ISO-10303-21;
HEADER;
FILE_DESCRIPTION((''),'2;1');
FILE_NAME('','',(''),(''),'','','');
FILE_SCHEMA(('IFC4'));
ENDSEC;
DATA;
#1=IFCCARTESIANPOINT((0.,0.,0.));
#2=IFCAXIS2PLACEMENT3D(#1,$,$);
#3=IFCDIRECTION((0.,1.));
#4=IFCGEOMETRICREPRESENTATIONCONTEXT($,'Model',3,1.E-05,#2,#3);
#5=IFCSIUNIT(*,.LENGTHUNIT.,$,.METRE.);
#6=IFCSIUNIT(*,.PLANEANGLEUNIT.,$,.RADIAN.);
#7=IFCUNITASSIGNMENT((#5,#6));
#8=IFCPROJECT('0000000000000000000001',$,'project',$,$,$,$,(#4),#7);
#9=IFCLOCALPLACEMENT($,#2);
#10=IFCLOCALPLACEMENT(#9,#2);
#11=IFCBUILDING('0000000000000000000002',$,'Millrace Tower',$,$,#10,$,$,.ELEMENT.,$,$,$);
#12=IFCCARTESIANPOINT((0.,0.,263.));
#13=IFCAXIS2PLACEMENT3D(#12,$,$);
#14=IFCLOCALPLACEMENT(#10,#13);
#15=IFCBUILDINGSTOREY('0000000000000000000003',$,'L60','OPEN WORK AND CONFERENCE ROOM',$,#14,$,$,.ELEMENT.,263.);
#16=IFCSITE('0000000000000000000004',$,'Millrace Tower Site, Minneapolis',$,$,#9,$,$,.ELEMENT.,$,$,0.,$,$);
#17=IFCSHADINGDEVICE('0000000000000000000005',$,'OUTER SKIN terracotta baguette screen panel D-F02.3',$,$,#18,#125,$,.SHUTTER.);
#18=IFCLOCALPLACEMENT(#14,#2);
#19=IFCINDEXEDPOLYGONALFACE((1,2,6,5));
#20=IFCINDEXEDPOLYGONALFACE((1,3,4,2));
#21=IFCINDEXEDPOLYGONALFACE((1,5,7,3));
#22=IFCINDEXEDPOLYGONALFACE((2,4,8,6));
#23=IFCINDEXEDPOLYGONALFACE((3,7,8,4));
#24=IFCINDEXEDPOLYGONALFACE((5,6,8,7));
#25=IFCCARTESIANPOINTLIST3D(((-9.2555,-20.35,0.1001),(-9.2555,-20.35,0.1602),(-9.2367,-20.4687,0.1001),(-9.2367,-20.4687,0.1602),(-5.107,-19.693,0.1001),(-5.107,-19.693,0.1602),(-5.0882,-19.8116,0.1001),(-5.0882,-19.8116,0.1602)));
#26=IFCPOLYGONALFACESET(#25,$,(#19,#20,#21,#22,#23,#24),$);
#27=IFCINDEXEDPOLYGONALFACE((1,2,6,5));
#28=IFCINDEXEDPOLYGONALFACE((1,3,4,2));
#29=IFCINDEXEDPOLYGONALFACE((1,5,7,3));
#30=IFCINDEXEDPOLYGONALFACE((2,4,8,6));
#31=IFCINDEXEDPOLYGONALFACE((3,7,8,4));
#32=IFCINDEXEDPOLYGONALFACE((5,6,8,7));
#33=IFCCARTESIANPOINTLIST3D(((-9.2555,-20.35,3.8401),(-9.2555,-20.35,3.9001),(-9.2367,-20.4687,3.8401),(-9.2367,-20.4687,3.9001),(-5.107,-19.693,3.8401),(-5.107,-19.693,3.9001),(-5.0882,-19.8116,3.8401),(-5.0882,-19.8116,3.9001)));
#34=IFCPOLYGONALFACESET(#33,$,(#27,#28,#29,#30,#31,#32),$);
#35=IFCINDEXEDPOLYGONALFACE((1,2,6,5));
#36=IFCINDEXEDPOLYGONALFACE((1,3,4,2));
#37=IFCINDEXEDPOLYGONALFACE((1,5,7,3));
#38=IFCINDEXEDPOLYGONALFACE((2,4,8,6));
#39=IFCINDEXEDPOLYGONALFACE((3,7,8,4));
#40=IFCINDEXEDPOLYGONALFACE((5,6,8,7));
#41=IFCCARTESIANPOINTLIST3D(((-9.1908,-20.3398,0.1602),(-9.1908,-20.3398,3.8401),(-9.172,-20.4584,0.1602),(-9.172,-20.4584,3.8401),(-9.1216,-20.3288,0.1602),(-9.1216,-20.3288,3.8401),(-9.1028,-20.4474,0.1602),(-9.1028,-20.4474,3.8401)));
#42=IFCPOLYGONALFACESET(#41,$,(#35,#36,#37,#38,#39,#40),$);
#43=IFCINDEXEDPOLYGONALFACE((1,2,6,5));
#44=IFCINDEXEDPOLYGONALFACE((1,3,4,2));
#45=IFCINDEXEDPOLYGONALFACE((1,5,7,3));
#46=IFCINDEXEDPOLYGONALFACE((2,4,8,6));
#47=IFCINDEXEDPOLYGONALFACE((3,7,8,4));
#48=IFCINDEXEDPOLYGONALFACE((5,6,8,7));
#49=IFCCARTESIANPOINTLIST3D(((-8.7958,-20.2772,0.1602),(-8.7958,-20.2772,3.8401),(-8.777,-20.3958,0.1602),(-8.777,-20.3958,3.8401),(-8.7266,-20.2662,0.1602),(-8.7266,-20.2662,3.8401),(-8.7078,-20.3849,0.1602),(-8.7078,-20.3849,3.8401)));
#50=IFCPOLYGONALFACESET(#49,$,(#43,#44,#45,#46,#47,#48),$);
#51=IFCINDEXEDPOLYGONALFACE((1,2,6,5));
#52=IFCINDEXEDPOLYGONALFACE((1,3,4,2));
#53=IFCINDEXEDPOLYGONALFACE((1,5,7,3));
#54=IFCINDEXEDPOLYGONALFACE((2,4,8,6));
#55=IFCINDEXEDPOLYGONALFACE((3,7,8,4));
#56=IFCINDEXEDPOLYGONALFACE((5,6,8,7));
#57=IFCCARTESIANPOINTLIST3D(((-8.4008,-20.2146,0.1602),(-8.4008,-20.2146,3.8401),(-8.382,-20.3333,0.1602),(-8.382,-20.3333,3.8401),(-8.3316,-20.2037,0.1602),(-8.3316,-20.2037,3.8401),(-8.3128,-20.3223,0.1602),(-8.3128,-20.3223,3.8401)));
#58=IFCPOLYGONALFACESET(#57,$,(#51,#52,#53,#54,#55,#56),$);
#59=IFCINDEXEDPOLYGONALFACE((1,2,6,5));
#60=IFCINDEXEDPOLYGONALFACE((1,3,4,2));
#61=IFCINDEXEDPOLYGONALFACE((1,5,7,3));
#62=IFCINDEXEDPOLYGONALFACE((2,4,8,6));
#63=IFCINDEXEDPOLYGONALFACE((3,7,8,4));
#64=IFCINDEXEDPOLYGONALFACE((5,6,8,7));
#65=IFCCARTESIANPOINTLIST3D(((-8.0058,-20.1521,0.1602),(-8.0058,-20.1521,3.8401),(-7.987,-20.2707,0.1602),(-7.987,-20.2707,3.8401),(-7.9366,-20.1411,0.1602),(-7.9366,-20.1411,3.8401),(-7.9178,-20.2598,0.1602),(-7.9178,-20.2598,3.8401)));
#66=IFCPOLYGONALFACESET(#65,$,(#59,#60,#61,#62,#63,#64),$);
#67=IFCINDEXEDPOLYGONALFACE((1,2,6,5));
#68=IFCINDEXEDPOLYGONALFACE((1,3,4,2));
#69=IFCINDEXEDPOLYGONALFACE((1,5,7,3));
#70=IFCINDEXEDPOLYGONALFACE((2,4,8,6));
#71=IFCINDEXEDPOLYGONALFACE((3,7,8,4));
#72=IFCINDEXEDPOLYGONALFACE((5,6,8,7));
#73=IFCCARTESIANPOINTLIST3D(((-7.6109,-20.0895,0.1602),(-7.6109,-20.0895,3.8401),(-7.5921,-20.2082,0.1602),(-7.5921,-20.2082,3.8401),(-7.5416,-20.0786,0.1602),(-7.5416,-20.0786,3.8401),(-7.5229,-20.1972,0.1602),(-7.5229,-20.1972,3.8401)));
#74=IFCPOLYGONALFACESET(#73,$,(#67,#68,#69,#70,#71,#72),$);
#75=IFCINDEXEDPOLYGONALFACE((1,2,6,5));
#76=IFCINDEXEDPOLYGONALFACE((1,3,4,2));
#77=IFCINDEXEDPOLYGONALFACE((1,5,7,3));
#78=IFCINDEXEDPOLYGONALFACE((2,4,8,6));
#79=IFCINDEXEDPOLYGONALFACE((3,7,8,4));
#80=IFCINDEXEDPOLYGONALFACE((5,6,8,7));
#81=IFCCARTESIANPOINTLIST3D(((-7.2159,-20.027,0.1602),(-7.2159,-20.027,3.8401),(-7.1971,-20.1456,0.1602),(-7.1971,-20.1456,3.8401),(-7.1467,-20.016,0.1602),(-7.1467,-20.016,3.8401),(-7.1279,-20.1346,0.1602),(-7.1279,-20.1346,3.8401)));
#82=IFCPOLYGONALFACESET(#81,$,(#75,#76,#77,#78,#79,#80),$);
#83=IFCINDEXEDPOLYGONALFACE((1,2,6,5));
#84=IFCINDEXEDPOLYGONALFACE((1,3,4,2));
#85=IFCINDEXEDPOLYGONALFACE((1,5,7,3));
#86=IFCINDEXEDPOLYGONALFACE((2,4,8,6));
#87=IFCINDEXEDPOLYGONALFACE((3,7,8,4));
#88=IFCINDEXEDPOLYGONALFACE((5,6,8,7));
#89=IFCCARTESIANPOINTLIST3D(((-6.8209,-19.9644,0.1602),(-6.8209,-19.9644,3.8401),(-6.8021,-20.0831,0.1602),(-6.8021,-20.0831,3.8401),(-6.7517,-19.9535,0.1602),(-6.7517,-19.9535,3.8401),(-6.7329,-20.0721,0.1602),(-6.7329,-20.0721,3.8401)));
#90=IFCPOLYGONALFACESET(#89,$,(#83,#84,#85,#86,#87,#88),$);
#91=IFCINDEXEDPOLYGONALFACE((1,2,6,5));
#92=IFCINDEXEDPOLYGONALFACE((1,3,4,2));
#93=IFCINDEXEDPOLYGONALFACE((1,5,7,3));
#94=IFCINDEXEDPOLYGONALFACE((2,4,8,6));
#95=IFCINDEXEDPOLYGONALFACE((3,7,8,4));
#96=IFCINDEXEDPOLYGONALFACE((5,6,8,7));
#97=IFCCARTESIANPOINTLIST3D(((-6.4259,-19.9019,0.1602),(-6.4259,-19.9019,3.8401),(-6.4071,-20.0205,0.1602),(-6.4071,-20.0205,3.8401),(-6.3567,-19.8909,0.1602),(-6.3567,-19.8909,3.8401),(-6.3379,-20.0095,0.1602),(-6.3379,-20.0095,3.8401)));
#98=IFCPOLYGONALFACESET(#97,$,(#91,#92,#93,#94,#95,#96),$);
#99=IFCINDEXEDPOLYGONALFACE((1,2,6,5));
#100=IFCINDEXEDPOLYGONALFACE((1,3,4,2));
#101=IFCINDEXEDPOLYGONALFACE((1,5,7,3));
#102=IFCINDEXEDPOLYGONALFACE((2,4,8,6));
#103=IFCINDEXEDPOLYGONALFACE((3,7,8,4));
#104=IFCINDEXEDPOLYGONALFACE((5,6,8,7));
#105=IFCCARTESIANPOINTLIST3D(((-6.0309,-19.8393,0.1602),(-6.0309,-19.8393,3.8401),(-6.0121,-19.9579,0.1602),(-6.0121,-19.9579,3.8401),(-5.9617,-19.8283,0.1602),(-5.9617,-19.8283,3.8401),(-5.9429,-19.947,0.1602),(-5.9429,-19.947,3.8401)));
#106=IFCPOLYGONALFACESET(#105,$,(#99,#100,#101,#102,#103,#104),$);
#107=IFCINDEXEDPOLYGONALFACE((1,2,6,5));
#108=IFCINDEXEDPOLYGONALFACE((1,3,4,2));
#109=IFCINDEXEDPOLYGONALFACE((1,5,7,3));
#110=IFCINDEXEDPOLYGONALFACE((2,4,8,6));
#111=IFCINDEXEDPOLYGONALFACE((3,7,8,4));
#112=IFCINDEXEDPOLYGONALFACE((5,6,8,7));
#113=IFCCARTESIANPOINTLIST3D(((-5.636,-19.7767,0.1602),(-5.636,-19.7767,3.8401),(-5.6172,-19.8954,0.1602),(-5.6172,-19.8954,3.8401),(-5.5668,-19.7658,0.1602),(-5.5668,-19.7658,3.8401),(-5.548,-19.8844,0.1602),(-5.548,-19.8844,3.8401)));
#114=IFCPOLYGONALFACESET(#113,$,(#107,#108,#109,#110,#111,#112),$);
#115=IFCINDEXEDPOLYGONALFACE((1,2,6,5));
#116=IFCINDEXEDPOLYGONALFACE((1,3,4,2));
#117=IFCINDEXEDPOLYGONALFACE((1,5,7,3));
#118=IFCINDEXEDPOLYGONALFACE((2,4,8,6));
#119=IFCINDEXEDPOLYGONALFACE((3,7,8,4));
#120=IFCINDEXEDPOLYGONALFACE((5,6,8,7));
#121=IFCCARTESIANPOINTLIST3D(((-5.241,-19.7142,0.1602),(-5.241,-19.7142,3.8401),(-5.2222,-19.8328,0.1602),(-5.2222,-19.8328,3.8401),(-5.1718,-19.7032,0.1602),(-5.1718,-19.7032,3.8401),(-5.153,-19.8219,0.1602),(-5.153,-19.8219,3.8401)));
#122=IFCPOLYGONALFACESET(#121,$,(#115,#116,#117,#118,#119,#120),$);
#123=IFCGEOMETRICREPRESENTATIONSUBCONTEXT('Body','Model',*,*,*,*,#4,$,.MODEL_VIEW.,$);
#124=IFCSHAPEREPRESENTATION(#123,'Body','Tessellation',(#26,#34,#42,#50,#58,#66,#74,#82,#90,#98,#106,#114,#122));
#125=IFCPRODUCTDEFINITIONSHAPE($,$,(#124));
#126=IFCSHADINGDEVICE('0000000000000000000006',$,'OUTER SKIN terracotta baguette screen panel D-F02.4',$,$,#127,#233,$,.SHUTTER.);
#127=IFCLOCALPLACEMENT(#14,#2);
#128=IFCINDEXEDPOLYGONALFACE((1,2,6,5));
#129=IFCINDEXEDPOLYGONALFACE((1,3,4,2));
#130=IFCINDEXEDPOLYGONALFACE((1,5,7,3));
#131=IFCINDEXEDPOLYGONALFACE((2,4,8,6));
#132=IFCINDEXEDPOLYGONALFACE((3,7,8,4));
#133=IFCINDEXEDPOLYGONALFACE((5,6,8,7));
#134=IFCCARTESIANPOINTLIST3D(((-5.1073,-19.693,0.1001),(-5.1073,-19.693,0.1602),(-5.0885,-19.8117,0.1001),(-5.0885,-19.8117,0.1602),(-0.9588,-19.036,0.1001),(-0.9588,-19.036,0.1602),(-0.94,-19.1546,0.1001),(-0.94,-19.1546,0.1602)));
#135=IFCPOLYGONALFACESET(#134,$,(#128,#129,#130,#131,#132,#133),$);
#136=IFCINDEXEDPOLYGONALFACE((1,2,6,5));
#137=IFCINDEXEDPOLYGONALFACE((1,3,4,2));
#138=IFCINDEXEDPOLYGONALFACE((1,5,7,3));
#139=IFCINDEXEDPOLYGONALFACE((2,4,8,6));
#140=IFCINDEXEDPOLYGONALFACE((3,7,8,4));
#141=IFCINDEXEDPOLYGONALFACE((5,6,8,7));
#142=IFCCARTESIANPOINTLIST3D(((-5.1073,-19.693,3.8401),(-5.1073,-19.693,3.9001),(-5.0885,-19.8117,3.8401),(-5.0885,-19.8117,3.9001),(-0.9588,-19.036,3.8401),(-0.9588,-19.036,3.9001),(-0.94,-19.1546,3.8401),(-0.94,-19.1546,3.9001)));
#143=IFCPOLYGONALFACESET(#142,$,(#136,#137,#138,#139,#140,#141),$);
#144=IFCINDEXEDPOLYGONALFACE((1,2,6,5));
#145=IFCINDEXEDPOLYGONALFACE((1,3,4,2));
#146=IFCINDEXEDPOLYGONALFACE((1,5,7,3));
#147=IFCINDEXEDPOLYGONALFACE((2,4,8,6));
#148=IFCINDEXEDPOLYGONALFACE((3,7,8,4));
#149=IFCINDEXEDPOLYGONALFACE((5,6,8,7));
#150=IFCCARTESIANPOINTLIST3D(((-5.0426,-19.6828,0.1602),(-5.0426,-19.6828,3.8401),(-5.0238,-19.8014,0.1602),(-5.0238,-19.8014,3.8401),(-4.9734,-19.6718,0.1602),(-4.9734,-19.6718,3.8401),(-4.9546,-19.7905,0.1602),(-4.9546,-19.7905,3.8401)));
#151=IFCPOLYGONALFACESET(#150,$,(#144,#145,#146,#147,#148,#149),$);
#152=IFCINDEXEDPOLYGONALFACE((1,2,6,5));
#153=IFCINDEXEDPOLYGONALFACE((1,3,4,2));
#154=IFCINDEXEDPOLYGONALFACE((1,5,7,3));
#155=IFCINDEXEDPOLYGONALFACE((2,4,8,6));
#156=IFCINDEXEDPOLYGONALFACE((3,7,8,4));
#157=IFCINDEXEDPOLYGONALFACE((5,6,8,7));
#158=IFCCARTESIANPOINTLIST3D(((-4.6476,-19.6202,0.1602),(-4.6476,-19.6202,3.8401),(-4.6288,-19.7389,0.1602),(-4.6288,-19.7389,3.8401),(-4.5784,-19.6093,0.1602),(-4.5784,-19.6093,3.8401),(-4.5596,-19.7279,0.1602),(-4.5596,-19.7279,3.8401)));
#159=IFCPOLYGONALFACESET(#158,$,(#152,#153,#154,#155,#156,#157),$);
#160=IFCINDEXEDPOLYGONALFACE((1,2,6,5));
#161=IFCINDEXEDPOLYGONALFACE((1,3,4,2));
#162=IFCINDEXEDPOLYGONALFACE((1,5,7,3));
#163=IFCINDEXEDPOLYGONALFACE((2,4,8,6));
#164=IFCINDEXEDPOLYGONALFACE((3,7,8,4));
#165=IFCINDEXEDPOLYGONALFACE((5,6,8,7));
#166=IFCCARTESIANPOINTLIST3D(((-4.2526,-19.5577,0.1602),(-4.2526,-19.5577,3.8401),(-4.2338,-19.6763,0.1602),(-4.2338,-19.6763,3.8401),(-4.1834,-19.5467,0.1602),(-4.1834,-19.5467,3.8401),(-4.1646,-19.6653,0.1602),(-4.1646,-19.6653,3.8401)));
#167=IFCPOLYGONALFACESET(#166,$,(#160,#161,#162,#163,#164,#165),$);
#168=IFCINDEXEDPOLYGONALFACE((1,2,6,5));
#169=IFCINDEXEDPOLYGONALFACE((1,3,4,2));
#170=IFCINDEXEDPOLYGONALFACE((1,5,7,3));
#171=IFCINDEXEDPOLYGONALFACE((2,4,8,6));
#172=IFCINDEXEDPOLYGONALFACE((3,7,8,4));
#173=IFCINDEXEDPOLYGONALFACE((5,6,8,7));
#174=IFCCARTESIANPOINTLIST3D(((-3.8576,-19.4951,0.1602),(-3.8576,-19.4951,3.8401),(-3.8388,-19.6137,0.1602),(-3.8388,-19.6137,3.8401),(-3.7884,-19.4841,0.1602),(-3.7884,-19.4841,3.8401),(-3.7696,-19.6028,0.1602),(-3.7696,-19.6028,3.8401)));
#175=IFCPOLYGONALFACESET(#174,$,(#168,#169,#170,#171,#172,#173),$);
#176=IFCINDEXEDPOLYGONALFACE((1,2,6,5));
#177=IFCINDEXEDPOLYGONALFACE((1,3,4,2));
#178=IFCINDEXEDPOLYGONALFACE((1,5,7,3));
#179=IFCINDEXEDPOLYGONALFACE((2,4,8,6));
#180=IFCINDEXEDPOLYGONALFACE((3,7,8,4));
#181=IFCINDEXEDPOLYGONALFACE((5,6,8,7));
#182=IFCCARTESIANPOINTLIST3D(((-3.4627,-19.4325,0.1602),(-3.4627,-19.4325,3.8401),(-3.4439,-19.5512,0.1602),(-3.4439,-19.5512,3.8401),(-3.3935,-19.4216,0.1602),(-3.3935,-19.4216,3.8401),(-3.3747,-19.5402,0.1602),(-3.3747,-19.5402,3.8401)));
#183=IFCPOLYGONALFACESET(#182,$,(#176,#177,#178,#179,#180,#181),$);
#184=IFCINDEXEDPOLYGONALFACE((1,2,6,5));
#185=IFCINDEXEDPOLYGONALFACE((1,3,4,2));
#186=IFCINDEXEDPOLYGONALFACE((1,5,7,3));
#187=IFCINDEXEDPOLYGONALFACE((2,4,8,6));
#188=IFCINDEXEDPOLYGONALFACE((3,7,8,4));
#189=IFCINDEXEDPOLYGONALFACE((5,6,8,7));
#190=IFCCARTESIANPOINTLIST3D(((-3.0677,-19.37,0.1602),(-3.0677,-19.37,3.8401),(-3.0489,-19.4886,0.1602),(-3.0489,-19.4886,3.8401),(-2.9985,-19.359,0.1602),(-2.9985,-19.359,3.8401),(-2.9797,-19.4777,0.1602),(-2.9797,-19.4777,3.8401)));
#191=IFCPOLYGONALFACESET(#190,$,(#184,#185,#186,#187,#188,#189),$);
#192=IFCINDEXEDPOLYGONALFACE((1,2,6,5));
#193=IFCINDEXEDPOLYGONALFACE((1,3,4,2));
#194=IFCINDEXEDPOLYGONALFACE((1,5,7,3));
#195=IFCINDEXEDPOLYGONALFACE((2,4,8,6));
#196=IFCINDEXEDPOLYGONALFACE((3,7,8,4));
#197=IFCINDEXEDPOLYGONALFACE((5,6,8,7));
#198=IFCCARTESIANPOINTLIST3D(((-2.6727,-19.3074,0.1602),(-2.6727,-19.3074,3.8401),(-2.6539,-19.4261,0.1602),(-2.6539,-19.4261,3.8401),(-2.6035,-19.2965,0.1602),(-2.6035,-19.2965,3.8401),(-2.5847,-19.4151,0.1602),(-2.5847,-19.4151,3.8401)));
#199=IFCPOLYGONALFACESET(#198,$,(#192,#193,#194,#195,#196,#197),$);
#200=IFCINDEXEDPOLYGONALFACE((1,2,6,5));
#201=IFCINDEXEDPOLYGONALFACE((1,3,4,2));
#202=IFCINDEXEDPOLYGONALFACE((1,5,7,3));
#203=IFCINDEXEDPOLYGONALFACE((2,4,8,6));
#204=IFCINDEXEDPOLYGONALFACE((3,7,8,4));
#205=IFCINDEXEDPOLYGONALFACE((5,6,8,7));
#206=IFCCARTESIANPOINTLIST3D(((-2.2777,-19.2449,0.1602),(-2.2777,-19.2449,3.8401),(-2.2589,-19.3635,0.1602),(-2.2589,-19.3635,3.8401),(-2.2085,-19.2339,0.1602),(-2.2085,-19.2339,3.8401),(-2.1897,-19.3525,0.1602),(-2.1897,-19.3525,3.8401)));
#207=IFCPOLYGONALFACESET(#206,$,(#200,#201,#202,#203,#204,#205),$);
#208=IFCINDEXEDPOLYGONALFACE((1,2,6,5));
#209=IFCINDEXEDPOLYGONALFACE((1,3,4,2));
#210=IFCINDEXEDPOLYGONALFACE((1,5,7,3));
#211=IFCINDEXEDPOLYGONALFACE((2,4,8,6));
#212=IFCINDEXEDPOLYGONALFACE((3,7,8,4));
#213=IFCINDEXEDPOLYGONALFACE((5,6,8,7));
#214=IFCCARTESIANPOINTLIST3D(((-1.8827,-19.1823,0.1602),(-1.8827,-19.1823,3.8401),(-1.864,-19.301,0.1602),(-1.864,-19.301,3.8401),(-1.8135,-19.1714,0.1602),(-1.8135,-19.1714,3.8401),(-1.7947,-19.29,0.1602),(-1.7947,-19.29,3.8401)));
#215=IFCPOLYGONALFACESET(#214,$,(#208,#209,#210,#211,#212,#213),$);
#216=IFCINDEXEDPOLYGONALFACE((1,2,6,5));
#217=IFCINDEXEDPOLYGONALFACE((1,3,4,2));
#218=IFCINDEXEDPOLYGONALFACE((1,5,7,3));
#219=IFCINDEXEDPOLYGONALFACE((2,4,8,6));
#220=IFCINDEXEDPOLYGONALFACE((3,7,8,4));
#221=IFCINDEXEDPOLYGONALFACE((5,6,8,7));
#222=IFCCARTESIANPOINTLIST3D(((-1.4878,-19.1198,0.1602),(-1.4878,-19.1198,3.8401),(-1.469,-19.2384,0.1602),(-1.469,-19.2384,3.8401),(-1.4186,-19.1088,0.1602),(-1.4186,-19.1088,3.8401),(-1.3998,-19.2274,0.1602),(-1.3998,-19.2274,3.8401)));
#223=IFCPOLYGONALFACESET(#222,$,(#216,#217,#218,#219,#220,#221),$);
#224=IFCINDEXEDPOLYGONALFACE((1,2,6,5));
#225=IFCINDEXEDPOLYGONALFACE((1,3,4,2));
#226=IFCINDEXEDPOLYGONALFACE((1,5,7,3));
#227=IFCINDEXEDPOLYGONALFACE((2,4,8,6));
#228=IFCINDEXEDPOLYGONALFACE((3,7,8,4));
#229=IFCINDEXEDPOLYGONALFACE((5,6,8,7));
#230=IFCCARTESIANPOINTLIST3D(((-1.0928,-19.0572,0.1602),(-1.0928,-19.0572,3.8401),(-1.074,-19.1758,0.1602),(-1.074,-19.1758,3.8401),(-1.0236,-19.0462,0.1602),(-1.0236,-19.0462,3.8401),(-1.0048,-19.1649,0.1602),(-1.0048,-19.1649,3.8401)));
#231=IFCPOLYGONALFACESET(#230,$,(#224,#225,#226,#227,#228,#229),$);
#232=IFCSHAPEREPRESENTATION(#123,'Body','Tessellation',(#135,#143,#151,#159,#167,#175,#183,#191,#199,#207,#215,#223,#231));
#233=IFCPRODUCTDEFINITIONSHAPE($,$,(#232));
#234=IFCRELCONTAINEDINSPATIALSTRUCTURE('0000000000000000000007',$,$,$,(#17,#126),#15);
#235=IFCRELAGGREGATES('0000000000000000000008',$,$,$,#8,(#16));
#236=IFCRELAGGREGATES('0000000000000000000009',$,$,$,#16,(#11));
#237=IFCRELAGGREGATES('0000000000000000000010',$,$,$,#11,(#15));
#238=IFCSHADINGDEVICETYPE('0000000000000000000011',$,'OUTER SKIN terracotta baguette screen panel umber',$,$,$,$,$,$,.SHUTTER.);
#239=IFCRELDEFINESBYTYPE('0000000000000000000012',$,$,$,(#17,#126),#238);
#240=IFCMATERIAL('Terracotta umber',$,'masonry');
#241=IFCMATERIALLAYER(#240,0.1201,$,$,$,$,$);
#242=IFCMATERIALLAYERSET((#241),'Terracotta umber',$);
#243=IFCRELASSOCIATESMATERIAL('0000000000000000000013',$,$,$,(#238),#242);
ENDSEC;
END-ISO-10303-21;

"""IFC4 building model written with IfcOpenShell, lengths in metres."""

from ifc_helpers import new_model, entity, si_unit, direction, frame, frame_2d, origin, origin_2d, place, context, subcontext, project, spatial, rectangle, extrude, source, transform, mapped, material, layer, layer_set, type_object, element, save


model = new_model("IFC4")

# Units and contexts
model_context = context("Model", 3, precision=1e-05, world=origin(), true_north=direction((0.0, 1.0)))
body_context = subcontext(model_context, "Body", "Model", "MODEL_VIEW")
ifc_project = project(units=[si_unit("LENGTHUNIT", "METRE"), si_unit("PLANEANGLEUNIT", "RADIAN")], contexts=[model_context])

# Site, building, storey
site_placement = place(None, origin())
site = spatial("IfcSite", under=ifc_project, at=site_placement, Name="Millrace Tower Site, Minneapolis", CompositionType="ELEMENT", RefElevation=0.0)
building_placement = place(site_placement, origin())
building = spatial("IfcBuilding", under=site, at=building_placement, Name="Millrace Tower", CompositionType="ELEMENT")
storey_placement = place(building_placement, frame((0.0, 0.0, 263.0)))
storey = spatial("IfcBuildingStorey", under=building, at=storey_placement, Name="L60", Description="OPEN WORK AND CONFERENCE ROOM", CompositionType="ELEMENT", Elevation=263.0)

# Shading devices
ifc_material_1 = material(Name="Terracotta umber", Category="masonry")
ifc_layer_1 = layer(ifc_material_1, 0.1201)
ifc_layer_set_1 = layer_set([ifc_layer_1], Name="Terracotta umber")
shading_device_type = type_object("IfcShadingDeviceType", Name="OUTER SKIN terracotta baguette screen panel umber", PredefinedType="SHUTTER", material=ifc_layer_set_1)
cartesian_point = entity("IfcCartesianPoint", [-2.1001, 0.0601])
shared_polyline = entity("IfcPolyline", [cartesian_point, entity("IfcCartesianPoint", [2.1001, 0.0601]), entity("IfcCartesianPoint", [2.1001, -0.0601]), entity("IfcCartesianPoint", [-2.1001, -0.0601]), cartesian_point])
shared_shape = source(origin(), body_context, "Body", "SweptSolid", [
    entity("IfcExtrudedAreaSolid", entity("IfcArbitraryClosedProfileDef", "AREA", None, shared_polyline), entity("IfcAxis2Placement3D", entity("IfcCartesianPoint", [0.0, 0.0, 0.0])), entity("IfcDirection", [0.0, 0.0, 1.0]), 0.0601),
    entity("IfcExtrudedAreaSolid", entity("IfcArbitraryClosedProfileDef", "AREA", None, shared_polyline), entity("IfcAxis2Placement3D", entity("IfcCartesianPoint", [0.0, 0.0, 3.74])), entity("IfcDirection", [0.0, 0.0, 1.0]), 0.0601),
    extrude(rectangle(XDim=0.0701, YDim=0.1201, at=frame_2d((-1.9995, 0.0))), frame((0.0, 0.0, 0.0601)), (0.0, 0.0, 1.0), 3.6799),
    extrude(rectangle(XDim=0.0701, YDim=0.1201, at=frame_2d((-1.5996, 0.0))), frame((0.0, 0.0, 0.0601)), (0.0, 0.0, 1.0), 3.6799),
    extrude(rectangle(XDim=0.0701, YDim=0.1201, at=frame_2d((-1.1997, 0.0))), frame((0.0, 0.0, 0.0601)), (0.0, 0.0, 1.0), 3.6799),
    extrude(rectangle(XDim=0.0701, YDim=0.1201, at=frame_2d((-0.7998, 0.0))), frame((0.0, 0.0, 0.0601)), (0.0, 0.0, 1.0), 3.6799),
    extrude(rectangle(XDim=0.0701, YDim=0.1201, at=frame_2d((-0.3999, 0.0))), frame((0.0, 0.0, 0.0601)), (0.0, 0.0, 1.0), 3.6799),
    extrude(rectangle(XDim=0.0701, YDim=0.1201, at=origin_2d()), frame((0.0, 0.0, 0.0601)), (0.0, 0.0, 1.0), 3.6799),
    extrude(rectangle(XDim=0.0701, YDim=0.1201, at=frame_2d((0.3999, 0.0))), frame((0.0, 0.0, 0.0601)), (0.0, 0.0, 1.0), 3.6799),
    extrude(rectangle(XDim=0.0701, YDim=0.1201, at=frame_2d((0.7998, 0.0))), frame((0.0, 0.0, 0.0601)), (0.0, 0.0, 1.0), 3.6799),
    extrude(rectangle(XDim=0.0701, YDim=0.1201, at=frame_2d((1.1997, 0.0))), frame((0.0, 0.0, 0.0601)), (0.0, 0.0, 1.0), 3.6799),
    extrude(rectangle(XDim=0.0701, YDim=0.1201, at=frame_2d((1.5996, 0.0))), frame((0.0, 0.0, 0.0601)), (0.0, 0.0, 1.0), 3.6799),
    extrude(rectangle(XDim=0.0701, YDim=0.1201, at=frame_2d((1.9995, 0.0))), frame((0.0, 0.0, 0.0601)), (0.0, 0.0, 1.0), 3.6799),
])
for number, where, z_axis, x_axis, name in (
    (1, (-7.1719, -20.0808, 0.1001), (0.0, 0.0, 1.0), (0.987688, 0.156434, 0.0), "OUTER SKIN terracotta baguette screen panel D-F02.3"),
    (2, (-3.0237, -19.4238, 0.1001), (0.0, 0.0, 1.0), (0.987688, 0.156434, 0.0), "OUTER SKIN terracotta baguette screen panel D-F02.4"),
):
    element("IfcShadingDevice", number, at=place(storey_placement, frame(where, z_axis=z_axis, x_axis=x_axis)), inside=storey, type_object=shading_device_type, Name=name, PredefinedType="SHUTTER", context=body_context, shape_type="MappedRepresentation", body=[
        mapped(shared_shape, transform((0.0, 0.0, 0.0), scale=1.0)),
    ])

save(model, "model.ifc")
